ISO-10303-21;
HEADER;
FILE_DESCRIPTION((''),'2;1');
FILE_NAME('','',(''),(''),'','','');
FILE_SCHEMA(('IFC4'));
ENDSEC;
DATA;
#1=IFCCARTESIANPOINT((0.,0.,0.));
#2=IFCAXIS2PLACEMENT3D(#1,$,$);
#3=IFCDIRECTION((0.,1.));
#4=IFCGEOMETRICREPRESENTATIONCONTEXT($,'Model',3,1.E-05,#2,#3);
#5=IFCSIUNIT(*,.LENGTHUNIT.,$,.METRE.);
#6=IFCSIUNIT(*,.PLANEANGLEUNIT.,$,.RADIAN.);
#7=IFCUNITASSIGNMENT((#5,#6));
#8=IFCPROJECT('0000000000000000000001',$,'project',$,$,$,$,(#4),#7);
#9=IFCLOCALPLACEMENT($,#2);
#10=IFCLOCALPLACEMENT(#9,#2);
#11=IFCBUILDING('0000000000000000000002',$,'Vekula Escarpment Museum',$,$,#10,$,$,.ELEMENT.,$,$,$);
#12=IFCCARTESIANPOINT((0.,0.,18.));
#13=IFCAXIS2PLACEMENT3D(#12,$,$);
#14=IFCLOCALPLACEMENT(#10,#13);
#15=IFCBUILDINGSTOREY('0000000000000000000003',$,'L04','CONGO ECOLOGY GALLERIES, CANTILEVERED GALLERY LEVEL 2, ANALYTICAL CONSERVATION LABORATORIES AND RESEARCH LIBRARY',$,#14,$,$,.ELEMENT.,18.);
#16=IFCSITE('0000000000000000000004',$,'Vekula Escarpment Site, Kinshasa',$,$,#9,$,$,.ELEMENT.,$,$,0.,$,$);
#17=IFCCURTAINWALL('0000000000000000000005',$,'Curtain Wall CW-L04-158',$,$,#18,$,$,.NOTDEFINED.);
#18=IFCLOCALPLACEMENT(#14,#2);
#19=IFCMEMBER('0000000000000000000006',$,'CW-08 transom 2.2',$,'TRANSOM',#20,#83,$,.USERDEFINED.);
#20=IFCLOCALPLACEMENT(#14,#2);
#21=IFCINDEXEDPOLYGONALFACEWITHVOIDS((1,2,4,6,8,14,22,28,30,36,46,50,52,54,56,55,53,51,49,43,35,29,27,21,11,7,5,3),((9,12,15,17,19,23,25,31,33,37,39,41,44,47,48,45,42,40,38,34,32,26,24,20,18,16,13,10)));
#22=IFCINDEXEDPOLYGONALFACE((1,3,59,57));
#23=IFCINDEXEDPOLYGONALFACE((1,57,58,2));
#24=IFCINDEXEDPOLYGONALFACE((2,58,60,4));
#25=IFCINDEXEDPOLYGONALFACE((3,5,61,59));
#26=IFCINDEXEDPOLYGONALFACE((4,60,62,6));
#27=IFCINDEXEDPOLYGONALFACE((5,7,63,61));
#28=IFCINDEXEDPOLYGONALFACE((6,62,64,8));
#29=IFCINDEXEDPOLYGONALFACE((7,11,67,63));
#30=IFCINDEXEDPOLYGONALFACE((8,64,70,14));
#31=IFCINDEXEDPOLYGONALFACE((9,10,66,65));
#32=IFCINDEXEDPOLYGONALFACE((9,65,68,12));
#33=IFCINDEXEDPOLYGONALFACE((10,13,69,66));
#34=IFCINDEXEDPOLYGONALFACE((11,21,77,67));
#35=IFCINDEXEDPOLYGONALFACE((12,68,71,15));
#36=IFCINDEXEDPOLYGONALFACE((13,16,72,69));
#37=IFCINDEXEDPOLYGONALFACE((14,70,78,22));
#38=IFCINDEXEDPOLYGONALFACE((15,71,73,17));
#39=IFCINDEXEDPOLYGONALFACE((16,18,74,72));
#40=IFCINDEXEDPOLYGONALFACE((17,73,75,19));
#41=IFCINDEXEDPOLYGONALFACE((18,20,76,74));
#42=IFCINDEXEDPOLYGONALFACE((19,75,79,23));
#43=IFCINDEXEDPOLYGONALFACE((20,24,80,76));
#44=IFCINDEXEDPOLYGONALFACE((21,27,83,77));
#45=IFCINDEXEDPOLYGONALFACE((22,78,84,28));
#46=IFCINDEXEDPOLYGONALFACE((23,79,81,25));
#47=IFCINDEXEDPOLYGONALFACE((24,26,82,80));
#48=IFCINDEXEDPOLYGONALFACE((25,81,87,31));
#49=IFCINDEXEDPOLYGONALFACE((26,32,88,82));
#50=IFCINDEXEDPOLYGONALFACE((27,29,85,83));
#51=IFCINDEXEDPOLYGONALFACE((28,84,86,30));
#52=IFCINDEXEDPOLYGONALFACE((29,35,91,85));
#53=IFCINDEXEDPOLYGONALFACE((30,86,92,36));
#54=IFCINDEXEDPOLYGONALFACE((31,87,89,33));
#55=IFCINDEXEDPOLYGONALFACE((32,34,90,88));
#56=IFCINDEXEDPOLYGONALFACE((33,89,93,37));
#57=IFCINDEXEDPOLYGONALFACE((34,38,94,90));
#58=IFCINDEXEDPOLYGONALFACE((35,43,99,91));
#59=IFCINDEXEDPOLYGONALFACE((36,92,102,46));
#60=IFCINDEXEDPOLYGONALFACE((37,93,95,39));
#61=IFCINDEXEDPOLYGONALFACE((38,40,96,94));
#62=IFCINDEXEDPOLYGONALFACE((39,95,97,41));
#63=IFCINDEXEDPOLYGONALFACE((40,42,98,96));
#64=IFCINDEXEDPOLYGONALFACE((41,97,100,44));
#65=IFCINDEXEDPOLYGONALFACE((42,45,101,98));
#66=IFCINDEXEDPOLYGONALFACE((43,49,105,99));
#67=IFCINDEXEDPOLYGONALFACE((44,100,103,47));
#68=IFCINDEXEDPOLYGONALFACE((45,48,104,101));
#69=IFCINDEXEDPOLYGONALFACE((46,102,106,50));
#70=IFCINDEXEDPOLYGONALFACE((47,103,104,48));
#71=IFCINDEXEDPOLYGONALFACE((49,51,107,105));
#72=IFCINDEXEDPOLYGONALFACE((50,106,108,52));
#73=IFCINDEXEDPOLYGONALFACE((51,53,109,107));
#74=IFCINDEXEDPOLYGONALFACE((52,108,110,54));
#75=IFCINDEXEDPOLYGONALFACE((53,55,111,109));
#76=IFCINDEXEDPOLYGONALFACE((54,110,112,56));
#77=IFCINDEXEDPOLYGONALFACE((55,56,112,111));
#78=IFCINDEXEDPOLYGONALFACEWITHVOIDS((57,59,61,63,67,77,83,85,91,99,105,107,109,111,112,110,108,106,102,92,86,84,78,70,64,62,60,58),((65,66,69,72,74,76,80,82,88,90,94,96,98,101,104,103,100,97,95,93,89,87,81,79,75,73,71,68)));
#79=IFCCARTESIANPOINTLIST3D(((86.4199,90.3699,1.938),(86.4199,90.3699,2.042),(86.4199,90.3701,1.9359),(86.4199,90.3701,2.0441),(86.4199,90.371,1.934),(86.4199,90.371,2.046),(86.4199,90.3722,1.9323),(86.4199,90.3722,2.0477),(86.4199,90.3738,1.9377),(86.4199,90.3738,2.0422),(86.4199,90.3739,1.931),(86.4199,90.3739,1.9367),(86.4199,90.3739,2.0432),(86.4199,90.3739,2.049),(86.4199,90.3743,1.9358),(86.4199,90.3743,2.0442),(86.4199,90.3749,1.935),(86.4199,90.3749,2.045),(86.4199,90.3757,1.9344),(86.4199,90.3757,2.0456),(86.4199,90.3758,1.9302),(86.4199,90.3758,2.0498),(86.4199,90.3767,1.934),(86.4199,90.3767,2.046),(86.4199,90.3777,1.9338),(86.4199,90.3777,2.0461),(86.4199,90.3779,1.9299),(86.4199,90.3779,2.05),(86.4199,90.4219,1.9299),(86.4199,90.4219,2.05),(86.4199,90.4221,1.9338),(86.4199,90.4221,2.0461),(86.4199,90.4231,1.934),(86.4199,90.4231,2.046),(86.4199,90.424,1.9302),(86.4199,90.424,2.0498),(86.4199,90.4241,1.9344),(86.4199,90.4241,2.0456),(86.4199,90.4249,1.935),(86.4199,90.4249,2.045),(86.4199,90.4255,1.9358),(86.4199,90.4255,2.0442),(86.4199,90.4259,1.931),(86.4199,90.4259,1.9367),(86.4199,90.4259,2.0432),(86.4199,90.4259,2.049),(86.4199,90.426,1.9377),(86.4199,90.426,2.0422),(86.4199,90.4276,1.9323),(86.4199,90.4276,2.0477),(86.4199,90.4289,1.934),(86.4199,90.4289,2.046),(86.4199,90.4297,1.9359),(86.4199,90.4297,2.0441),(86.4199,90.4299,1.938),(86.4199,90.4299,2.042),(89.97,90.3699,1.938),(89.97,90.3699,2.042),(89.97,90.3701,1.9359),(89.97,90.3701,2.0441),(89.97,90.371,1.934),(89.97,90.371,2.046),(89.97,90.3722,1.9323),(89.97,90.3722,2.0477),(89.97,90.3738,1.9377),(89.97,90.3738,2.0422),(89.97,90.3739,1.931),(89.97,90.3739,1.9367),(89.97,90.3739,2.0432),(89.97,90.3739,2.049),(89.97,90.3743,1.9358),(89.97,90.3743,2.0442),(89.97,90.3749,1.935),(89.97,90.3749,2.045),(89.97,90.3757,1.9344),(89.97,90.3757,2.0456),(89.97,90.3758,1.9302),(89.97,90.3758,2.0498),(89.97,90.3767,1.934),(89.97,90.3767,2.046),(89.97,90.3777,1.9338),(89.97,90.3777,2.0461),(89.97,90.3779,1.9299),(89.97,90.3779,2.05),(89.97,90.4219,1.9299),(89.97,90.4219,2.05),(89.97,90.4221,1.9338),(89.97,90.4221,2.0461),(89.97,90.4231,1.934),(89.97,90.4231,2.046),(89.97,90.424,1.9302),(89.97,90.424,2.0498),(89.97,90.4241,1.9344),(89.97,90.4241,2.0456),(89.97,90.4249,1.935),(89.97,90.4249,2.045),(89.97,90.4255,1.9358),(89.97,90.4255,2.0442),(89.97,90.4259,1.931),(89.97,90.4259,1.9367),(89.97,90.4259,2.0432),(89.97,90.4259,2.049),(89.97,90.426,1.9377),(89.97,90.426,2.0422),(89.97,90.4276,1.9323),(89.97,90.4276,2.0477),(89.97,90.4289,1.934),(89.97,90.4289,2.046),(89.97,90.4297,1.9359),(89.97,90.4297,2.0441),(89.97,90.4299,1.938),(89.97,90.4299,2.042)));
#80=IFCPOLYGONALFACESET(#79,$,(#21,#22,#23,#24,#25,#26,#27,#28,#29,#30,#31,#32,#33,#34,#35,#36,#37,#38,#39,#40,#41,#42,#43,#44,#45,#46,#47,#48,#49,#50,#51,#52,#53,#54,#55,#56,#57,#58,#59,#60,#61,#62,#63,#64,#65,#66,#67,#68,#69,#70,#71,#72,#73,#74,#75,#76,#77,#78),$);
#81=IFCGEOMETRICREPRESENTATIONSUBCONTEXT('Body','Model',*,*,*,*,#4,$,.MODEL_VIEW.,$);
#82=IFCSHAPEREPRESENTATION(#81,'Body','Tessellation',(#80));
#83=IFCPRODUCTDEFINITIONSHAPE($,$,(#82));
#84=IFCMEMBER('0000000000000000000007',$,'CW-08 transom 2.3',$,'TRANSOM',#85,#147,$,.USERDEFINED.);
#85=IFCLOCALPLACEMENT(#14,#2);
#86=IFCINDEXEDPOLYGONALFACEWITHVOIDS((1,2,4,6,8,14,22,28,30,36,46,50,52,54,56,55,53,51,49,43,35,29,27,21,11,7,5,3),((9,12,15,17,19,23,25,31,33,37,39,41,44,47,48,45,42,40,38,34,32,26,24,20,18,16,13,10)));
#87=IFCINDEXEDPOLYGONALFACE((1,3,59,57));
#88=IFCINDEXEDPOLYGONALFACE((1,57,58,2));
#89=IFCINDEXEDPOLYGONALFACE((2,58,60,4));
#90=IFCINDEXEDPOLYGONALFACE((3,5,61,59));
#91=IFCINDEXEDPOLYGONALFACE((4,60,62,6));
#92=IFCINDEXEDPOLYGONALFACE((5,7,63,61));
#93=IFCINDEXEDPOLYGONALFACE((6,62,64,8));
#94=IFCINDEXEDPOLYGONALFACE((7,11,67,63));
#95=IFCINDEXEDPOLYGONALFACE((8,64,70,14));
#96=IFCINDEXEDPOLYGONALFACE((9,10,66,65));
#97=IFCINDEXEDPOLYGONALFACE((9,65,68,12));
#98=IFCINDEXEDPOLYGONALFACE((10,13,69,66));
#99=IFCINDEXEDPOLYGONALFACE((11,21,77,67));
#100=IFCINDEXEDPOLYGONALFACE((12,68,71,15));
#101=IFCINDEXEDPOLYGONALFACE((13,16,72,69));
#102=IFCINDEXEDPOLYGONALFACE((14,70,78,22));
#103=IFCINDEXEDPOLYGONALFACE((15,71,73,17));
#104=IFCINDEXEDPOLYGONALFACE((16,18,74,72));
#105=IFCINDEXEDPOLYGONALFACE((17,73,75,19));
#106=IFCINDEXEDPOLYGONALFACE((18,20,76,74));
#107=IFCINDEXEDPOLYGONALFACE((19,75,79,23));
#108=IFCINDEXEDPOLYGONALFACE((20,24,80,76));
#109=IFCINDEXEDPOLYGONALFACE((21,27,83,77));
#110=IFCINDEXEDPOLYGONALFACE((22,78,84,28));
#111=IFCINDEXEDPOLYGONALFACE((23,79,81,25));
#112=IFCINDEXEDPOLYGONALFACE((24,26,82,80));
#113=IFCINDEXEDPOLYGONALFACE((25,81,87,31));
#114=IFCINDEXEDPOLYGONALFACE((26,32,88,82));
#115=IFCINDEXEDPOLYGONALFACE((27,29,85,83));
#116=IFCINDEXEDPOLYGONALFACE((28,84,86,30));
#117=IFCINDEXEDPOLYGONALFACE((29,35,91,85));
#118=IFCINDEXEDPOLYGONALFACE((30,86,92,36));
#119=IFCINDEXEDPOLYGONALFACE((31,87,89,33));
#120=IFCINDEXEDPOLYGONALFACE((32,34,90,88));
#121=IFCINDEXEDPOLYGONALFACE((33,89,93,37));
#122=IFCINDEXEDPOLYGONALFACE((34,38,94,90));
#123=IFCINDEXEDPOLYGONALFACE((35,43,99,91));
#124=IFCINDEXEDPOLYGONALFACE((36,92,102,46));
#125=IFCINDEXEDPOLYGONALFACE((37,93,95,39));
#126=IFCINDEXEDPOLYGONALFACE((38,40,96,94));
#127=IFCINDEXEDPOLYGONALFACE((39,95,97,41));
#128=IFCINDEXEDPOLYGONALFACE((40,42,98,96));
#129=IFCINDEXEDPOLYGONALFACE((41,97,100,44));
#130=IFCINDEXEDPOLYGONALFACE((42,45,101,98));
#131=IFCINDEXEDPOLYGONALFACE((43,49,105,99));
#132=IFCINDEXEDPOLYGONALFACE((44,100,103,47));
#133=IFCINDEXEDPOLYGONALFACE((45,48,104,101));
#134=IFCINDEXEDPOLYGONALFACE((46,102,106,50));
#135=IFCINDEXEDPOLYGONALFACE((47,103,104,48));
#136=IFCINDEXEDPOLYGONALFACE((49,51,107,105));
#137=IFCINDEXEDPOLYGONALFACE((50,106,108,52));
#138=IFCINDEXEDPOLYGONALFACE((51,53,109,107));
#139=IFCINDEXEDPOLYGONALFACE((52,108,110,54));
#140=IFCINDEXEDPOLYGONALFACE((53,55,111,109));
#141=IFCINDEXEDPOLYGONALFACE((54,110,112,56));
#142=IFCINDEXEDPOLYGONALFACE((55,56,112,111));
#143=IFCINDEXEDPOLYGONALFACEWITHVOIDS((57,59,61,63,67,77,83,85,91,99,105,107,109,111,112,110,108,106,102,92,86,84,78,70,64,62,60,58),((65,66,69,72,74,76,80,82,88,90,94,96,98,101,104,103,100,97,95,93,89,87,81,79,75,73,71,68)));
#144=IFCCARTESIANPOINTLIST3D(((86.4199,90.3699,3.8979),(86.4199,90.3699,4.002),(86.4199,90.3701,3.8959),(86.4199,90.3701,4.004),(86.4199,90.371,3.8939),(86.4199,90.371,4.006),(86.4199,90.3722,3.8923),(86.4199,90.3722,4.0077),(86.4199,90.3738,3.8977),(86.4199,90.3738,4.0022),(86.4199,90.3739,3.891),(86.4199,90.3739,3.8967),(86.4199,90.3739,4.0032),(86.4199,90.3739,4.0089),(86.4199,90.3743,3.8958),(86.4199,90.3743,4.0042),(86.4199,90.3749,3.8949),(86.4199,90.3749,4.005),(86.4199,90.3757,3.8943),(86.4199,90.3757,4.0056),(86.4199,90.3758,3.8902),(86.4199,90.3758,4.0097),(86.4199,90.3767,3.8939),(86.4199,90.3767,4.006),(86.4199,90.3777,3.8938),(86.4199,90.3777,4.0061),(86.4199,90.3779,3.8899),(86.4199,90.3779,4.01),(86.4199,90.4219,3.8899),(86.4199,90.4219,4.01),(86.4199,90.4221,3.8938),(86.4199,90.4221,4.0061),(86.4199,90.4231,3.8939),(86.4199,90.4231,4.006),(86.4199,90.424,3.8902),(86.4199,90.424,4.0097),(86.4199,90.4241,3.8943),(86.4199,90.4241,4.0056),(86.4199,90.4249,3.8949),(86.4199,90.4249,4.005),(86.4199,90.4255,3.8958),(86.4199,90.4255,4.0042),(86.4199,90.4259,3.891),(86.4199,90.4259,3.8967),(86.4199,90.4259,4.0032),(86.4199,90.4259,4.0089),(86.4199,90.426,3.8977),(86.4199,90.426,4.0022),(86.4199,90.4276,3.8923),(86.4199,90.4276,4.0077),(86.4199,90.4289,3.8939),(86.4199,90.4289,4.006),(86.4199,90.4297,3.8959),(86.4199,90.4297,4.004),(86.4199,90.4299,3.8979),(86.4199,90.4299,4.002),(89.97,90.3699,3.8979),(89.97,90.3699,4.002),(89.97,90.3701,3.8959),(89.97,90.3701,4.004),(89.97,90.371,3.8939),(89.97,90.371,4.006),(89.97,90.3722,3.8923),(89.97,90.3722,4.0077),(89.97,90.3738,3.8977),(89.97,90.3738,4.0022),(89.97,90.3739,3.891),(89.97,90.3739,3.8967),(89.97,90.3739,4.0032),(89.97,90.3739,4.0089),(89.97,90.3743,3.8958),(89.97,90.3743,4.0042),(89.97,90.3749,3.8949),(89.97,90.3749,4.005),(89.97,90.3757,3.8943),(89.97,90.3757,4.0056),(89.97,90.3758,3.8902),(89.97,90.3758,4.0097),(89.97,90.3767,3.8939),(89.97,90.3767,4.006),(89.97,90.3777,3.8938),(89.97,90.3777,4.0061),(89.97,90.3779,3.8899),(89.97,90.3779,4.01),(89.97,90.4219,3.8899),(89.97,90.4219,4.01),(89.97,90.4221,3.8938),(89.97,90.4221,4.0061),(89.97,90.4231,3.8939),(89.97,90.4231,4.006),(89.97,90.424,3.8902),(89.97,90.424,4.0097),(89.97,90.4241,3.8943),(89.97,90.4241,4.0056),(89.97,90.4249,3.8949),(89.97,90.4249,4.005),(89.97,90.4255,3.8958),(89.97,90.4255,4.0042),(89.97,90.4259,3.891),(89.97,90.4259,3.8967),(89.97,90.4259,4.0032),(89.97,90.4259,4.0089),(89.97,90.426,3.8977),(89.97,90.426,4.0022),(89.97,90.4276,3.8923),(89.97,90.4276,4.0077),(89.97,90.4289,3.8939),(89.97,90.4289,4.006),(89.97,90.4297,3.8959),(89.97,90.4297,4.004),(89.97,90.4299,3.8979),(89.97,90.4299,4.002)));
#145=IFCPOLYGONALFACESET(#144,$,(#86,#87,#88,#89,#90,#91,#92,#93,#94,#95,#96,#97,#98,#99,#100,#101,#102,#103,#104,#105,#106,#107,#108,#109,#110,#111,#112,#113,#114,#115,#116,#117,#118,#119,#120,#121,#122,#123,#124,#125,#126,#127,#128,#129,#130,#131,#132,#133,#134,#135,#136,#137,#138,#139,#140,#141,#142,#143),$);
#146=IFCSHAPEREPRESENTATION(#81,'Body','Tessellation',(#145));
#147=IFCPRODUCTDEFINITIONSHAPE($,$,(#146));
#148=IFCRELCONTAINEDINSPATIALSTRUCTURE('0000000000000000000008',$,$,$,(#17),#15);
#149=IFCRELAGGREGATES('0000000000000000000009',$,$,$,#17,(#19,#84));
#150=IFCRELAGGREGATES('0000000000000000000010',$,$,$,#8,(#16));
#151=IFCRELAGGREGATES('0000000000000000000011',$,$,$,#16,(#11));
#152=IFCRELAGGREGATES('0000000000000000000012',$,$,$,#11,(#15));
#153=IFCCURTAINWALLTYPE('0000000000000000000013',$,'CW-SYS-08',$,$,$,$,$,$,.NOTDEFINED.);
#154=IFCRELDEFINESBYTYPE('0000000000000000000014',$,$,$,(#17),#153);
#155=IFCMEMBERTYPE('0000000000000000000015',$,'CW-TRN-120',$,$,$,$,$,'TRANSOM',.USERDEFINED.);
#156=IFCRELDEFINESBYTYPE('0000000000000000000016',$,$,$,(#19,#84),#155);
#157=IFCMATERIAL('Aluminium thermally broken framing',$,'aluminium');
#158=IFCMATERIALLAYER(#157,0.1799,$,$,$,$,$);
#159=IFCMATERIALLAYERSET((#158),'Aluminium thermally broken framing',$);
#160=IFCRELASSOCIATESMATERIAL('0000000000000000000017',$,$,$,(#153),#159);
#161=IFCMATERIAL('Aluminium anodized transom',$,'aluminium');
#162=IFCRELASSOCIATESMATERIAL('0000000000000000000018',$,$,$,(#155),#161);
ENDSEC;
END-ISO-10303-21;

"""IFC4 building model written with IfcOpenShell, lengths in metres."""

from ifc_helpers import new_model, si_unit, direction, frame, origin, origin_2d, place, context, subcontext, project, spatial, hollow_rectangle, extrude, material, layer, layer_set, material_profile, profile_set, type_object, element, aggregate, save


model = new_model("IFC4")

# Units and contexts
model_context = context("Model", 3, precision=1e-05, world=origin(), true_north=direction((0.0, 1.0)))
body_context = subcontext(model_context, "Body", "Model", "MODEL_VIEW")
ifc_project = project(units=[si_unit("LENGTHUNIT", "METRE"), si_unit("PLANEANGLEUNIT", "RADIAN")], contexts=[model_context])

# Site, building, storey
site_placement = place(None, origin())
site = spatial("IfcSite", under=ifc_project, at=site_placement, Name="Vekula Escarpment Site, Kinshasa", CompositionType="ELEMENT", RefElevation=0.0)
building_placement = place(site_placement, origin())
building = spatial("IfcBuilding", under=site, at=building_placement, Name="Vekula Escarpment Museum", CompositionType="ELEMENT")
storey_placement = place(building_placement, frame((0.0, 0.0, 18.0)))
storey = spatial("IfcBuildingStorey", under=building, at=storey_placement, Name="L04", Description="CONGO ECOLOGY GALLERIES, CANTILEVERED GALLERY LEVEL 2, ANALYTICAL CONSERVATION LABORATORIES AND RESEARCH LIBRARY", CompositionType="ELEMENT", Elevation=18.0)

# Curtain wall
ifc_material_1 = material(Name="Aluminium thermally broken framing", Category="aluminium")
ifc_layer_1 = layer(ifc_material_1, 0.1799)
ifc_layer_set_1 = layer_set([ifc_layer_1], Name="Aluminium thermally broken framing")
curtain_wall_type_1 = type_object("IfcCurtainWallType", Name="CW-SYS-08", PredefinedType="NOTDEFINED", material=ifc_layer_set_1)
curtain_wall_1_placement = place(storey_placement, origin())
curtain_wall_1 = element("IfcCurtainWall", 1, at=curtain_wall_1_placement, inside=storey, type_object=curtain_wall_type_1, Name="Curtain Wall CW-L04-158", PredefinedType="NOTDEFINED")

# Members
ifc_material_2 = material(Name="Aluminium anodized transom", Category="aluminium")
ifc_material_profile_1 = material_profile(ifc_material_2, hollow_rectangle(XDim=0.0601, YDim=0.1201, WallThickness=0.0039, InnerFilletRadius=0.0039, OuterFilletRadius=0.0081, at=origin_2d()), Name="ALU 120x60x4")
ifc_profile_set_1 = profile_set([ifc_material_profile_1], Name="Aluminium anodized transom")
member_type_1 = type_object("IfcMemberType", Name="CW-TRN-120", ElementType="TRANSOM", PredefinedType="USERDEFINED", material=ifc_profile_set_1)
member_1_placement = place(storey_placement, frame((89.97, 90.3999, 1.99), z_axis=(-1.0, 0.0, 0.0), x_axis=(0.0, -1.0, 0.0)))
member_1 = element("IfcMember", 2, at=member_1_placement, type_object=member_type_1, Name="CW-08 transom 2.2", ObjectType="TRANSOM", PredefinedType="USERDEFINED", context=body_context, shape_type="SweptSolid", body=[
    extrude(hollow_rectangle(XDim=0.0601, YDim=0.1201, WallThickness=0.0039, InnerFilletRadius=0.0039, OuterFilletRadius=0.0081, at=origin_2d()), origin(), (0.0, 0.0, 1.0), 3.55),
])
member_2_placement = place(storey_placement, frame((89.97, 90.3999, 3.95), z_axis=(-1.0, 0.0, 0.0), x_axis=(0.0, -1.0, 0.0)))
member_2 = element("IfcMember", 3, at=member_2_placement, type_object=member_type_1, Name="CW-08 transom 2.3", ObjectType="TRANSOM", PredefinedType="USERDEFINED", context=body_context, shape_type="SweptSolid", body=[
    extrude(hollow_rectangle(XDim=0.0601, YDim=0.1201, WallThickness=0.0039, InnerFilletRadius=0.0039, OuterFilletRadius=0.0081, at=origin_2d()), origin(), (0.0, 0.0, 1.0), 3.55),
])

aggregate(curtain_wall_1, [member_1, member_2])

save(model, "model.ifc")
